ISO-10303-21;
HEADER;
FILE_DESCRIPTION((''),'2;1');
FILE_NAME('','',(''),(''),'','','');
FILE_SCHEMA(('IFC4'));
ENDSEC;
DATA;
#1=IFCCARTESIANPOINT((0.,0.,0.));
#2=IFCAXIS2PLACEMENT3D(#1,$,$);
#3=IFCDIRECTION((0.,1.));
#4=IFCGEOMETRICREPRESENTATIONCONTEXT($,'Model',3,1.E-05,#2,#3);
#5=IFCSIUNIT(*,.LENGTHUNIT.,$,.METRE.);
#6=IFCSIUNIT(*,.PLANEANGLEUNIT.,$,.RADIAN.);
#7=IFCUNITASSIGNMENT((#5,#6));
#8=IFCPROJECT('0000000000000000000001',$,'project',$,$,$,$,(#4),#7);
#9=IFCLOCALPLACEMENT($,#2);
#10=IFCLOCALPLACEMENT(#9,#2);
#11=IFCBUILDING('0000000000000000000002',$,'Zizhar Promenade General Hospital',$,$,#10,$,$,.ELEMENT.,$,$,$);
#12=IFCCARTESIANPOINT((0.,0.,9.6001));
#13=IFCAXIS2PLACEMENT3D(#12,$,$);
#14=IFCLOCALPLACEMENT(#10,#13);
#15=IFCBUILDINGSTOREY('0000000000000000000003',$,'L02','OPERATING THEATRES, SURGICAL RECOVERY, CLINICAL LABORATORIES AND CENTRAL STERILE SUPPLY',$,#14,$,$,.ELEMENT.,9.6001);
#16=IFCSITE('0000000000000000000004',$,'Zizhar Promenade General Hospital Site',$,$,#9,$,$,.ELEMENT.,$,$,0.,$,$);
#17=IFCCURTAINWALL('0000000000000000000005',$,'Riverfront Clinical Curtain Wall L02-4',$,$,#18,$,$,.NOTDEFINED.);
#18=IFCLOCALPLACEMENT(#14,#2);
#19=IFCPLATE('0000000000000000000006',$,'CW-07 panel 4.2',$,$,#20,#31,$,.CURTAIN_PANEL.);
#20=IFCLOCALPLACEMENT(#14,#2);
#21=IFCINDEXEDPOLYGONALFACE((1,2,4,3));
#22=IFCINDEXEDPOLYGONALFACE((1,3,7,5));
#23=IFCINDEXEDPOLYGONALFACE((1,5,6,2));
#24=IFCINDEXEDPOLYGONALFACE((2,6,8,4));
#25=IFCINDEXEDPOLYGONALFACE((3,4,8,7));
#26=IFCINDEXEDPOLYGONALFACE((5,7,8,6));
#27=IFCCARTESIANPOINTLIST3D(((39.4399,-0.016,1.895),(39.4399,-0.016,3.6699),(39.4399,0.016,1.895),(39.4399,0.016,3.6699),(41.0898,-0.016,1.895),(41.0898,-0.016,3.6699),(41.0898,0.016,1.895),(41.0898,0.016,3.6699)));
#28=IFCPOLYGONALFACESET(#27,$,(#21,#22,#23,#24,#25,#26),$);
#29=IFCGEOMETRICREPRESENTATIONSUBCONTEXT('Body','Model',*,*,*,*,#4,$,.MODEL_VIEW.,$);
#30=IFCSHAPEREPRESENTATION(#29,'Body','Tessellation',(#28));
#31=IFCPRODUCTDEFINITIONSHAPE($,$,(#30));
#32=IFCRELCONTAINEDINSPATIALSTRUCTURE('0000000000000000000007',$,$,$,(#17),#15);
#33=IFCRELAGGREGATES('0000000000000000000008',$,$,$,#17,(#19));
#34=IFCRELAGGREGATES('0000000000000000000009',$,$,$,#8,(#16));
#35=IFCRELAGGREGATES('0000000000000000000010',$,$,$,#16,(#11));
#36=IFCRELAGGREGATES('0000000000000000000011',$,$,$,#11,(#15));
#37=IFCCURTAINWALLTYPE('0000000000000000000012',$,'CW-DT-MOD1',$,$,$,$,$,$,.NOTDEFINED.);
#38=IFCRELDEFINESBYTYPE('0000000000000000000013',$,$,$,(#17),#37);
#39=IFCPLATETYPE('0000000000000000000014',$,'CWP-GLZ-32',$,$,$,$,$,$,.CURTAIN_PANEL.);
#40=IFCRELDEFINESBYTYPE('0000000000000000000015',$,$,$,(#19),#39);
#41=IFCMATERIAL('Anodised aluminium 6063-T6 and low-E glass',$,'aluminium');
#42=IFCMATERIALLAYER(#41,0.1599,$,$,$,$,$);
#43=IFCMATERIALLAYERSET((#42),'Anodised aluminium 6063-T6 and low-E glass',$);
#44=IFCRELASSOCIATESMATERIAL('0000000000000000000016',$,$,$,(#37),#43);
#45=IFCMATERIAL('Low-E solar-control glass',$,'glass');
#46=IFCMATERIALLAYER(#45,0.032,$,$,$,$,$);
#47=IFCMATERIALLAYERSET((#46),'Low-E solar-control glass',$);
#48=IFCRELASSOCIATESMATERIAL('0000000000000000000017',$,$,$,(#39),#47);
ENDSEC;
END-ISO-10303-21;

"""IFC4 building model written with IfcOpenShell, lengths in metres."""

from ifc_helpers import new_model, si_unit, direction, frame, origin, origin_2d, place, context, subcontext, project, spatial, rectangle, extrude, material, layer, layer_set, type_object, element, aggregate, save


model = new_model("IFC4")

# Units and contexts
model_context = context("Model", 3, precision=1e-05, world=origin(), true_north=direction((0.0, 1.0)))
body_context = subcontext(model_context, "Body", "Model", "MODEL_VIEW")
ifc_project = project(units=[si_unit("LENGTHUNIT", "METRE"), si_unit("PLANEANGLEUNIT", "RADIAN")], contexts=[model_context])

# Site, building, storey
site_placement = place(None, origin())
site = spatial("IfcSite", under=ifc_project, at=site_placement, Name="Zizhar Promenade General Hospital Site", CompositionType="ELEMENT", RefElevation=0.0)
building_placement = place(site_placement, origin())
building = spatial("IfcBuilding", under=site, at=building_placement, Name="Zizhar Promenade General Hospital", CompositionType="ELEMENT")
storey_placement = place(building_placement, frame((0.0, 0.0, 9.6001)))
storey = spatial("IfcBuildingStorey", under=building, at=storey_placement, Name="L02", Description="OPERATING THEATRES, SURGICAL RECOVERY, CLINICAL LABORATORIES AND CENTRAL STERILE SUPPLY", CompositionType="ELEMENT", Elevation=9.6001)

# Curtain wall, plate
ifc_material_1 = material(Name="Anodised aluminium 6063-T6 and low-E glass", Category="aluminium")
ifc_layer_1 = layer(ifc_material_1, 0.1599)
ifc_layer_set_1 = layer_set([ifc_layer_1], Name="Anodised aluminium 6063-T6 and low-E glass")
curtain_wall_type = type_object("IfcCurtainWallType", Name="CW-DT-MOD1", PredefinedType="NOTDEFINED", material=ifc_layer_set_1)
curtain_wall_placement = place(storey_placement, origin())
curtain_wall = element("IfcCurtainWall", 1, at=curtain_wall_placement, inside=storey, type_object=curtain_wall_type, Name="Riverfront Clinical Curtain Wall L02-4", PredefinedType="NOTDEFINED")
ifc_material_2 = material(Name="Low-E solar-control glass", Category="glass")
ifc_layer_2 = layer(ifc_material_2, 0.032)
ifc_layer_set_2 = layer_set([ifc_layer_2], Name="Low-E solar-control glass")
plate_type = type_object("IfcPlateType", Name="CWP-GLZ-32", PredefinedType="CURTAIN_PANEL", material=ifc_layer_set_2)
plate_1_placement = place(storey_placement, frame((40.2649, 0.0, 1.895), z_axis=(0.0, 0.0, 1.0), x_axis=(-1.0, 0.0, 0.0)))
plate_1 = element("IfcPlate", 2, at=plate_1_placement, type_object=plate_type, Name="CW-07 panel 4.2", PredefinedType="CURTAIN_PANEL", context=body_context, shape_type="SweptSolid", body=[
    extrude(rectangle(XDim=1.6499, YDim=0.032, at=origin_2d()), origin(), (0.0, 0.0, 1.0), 1.7749),
])
aggregate(curtain_wall, [plate_1])

save(model, "model.ifc")
